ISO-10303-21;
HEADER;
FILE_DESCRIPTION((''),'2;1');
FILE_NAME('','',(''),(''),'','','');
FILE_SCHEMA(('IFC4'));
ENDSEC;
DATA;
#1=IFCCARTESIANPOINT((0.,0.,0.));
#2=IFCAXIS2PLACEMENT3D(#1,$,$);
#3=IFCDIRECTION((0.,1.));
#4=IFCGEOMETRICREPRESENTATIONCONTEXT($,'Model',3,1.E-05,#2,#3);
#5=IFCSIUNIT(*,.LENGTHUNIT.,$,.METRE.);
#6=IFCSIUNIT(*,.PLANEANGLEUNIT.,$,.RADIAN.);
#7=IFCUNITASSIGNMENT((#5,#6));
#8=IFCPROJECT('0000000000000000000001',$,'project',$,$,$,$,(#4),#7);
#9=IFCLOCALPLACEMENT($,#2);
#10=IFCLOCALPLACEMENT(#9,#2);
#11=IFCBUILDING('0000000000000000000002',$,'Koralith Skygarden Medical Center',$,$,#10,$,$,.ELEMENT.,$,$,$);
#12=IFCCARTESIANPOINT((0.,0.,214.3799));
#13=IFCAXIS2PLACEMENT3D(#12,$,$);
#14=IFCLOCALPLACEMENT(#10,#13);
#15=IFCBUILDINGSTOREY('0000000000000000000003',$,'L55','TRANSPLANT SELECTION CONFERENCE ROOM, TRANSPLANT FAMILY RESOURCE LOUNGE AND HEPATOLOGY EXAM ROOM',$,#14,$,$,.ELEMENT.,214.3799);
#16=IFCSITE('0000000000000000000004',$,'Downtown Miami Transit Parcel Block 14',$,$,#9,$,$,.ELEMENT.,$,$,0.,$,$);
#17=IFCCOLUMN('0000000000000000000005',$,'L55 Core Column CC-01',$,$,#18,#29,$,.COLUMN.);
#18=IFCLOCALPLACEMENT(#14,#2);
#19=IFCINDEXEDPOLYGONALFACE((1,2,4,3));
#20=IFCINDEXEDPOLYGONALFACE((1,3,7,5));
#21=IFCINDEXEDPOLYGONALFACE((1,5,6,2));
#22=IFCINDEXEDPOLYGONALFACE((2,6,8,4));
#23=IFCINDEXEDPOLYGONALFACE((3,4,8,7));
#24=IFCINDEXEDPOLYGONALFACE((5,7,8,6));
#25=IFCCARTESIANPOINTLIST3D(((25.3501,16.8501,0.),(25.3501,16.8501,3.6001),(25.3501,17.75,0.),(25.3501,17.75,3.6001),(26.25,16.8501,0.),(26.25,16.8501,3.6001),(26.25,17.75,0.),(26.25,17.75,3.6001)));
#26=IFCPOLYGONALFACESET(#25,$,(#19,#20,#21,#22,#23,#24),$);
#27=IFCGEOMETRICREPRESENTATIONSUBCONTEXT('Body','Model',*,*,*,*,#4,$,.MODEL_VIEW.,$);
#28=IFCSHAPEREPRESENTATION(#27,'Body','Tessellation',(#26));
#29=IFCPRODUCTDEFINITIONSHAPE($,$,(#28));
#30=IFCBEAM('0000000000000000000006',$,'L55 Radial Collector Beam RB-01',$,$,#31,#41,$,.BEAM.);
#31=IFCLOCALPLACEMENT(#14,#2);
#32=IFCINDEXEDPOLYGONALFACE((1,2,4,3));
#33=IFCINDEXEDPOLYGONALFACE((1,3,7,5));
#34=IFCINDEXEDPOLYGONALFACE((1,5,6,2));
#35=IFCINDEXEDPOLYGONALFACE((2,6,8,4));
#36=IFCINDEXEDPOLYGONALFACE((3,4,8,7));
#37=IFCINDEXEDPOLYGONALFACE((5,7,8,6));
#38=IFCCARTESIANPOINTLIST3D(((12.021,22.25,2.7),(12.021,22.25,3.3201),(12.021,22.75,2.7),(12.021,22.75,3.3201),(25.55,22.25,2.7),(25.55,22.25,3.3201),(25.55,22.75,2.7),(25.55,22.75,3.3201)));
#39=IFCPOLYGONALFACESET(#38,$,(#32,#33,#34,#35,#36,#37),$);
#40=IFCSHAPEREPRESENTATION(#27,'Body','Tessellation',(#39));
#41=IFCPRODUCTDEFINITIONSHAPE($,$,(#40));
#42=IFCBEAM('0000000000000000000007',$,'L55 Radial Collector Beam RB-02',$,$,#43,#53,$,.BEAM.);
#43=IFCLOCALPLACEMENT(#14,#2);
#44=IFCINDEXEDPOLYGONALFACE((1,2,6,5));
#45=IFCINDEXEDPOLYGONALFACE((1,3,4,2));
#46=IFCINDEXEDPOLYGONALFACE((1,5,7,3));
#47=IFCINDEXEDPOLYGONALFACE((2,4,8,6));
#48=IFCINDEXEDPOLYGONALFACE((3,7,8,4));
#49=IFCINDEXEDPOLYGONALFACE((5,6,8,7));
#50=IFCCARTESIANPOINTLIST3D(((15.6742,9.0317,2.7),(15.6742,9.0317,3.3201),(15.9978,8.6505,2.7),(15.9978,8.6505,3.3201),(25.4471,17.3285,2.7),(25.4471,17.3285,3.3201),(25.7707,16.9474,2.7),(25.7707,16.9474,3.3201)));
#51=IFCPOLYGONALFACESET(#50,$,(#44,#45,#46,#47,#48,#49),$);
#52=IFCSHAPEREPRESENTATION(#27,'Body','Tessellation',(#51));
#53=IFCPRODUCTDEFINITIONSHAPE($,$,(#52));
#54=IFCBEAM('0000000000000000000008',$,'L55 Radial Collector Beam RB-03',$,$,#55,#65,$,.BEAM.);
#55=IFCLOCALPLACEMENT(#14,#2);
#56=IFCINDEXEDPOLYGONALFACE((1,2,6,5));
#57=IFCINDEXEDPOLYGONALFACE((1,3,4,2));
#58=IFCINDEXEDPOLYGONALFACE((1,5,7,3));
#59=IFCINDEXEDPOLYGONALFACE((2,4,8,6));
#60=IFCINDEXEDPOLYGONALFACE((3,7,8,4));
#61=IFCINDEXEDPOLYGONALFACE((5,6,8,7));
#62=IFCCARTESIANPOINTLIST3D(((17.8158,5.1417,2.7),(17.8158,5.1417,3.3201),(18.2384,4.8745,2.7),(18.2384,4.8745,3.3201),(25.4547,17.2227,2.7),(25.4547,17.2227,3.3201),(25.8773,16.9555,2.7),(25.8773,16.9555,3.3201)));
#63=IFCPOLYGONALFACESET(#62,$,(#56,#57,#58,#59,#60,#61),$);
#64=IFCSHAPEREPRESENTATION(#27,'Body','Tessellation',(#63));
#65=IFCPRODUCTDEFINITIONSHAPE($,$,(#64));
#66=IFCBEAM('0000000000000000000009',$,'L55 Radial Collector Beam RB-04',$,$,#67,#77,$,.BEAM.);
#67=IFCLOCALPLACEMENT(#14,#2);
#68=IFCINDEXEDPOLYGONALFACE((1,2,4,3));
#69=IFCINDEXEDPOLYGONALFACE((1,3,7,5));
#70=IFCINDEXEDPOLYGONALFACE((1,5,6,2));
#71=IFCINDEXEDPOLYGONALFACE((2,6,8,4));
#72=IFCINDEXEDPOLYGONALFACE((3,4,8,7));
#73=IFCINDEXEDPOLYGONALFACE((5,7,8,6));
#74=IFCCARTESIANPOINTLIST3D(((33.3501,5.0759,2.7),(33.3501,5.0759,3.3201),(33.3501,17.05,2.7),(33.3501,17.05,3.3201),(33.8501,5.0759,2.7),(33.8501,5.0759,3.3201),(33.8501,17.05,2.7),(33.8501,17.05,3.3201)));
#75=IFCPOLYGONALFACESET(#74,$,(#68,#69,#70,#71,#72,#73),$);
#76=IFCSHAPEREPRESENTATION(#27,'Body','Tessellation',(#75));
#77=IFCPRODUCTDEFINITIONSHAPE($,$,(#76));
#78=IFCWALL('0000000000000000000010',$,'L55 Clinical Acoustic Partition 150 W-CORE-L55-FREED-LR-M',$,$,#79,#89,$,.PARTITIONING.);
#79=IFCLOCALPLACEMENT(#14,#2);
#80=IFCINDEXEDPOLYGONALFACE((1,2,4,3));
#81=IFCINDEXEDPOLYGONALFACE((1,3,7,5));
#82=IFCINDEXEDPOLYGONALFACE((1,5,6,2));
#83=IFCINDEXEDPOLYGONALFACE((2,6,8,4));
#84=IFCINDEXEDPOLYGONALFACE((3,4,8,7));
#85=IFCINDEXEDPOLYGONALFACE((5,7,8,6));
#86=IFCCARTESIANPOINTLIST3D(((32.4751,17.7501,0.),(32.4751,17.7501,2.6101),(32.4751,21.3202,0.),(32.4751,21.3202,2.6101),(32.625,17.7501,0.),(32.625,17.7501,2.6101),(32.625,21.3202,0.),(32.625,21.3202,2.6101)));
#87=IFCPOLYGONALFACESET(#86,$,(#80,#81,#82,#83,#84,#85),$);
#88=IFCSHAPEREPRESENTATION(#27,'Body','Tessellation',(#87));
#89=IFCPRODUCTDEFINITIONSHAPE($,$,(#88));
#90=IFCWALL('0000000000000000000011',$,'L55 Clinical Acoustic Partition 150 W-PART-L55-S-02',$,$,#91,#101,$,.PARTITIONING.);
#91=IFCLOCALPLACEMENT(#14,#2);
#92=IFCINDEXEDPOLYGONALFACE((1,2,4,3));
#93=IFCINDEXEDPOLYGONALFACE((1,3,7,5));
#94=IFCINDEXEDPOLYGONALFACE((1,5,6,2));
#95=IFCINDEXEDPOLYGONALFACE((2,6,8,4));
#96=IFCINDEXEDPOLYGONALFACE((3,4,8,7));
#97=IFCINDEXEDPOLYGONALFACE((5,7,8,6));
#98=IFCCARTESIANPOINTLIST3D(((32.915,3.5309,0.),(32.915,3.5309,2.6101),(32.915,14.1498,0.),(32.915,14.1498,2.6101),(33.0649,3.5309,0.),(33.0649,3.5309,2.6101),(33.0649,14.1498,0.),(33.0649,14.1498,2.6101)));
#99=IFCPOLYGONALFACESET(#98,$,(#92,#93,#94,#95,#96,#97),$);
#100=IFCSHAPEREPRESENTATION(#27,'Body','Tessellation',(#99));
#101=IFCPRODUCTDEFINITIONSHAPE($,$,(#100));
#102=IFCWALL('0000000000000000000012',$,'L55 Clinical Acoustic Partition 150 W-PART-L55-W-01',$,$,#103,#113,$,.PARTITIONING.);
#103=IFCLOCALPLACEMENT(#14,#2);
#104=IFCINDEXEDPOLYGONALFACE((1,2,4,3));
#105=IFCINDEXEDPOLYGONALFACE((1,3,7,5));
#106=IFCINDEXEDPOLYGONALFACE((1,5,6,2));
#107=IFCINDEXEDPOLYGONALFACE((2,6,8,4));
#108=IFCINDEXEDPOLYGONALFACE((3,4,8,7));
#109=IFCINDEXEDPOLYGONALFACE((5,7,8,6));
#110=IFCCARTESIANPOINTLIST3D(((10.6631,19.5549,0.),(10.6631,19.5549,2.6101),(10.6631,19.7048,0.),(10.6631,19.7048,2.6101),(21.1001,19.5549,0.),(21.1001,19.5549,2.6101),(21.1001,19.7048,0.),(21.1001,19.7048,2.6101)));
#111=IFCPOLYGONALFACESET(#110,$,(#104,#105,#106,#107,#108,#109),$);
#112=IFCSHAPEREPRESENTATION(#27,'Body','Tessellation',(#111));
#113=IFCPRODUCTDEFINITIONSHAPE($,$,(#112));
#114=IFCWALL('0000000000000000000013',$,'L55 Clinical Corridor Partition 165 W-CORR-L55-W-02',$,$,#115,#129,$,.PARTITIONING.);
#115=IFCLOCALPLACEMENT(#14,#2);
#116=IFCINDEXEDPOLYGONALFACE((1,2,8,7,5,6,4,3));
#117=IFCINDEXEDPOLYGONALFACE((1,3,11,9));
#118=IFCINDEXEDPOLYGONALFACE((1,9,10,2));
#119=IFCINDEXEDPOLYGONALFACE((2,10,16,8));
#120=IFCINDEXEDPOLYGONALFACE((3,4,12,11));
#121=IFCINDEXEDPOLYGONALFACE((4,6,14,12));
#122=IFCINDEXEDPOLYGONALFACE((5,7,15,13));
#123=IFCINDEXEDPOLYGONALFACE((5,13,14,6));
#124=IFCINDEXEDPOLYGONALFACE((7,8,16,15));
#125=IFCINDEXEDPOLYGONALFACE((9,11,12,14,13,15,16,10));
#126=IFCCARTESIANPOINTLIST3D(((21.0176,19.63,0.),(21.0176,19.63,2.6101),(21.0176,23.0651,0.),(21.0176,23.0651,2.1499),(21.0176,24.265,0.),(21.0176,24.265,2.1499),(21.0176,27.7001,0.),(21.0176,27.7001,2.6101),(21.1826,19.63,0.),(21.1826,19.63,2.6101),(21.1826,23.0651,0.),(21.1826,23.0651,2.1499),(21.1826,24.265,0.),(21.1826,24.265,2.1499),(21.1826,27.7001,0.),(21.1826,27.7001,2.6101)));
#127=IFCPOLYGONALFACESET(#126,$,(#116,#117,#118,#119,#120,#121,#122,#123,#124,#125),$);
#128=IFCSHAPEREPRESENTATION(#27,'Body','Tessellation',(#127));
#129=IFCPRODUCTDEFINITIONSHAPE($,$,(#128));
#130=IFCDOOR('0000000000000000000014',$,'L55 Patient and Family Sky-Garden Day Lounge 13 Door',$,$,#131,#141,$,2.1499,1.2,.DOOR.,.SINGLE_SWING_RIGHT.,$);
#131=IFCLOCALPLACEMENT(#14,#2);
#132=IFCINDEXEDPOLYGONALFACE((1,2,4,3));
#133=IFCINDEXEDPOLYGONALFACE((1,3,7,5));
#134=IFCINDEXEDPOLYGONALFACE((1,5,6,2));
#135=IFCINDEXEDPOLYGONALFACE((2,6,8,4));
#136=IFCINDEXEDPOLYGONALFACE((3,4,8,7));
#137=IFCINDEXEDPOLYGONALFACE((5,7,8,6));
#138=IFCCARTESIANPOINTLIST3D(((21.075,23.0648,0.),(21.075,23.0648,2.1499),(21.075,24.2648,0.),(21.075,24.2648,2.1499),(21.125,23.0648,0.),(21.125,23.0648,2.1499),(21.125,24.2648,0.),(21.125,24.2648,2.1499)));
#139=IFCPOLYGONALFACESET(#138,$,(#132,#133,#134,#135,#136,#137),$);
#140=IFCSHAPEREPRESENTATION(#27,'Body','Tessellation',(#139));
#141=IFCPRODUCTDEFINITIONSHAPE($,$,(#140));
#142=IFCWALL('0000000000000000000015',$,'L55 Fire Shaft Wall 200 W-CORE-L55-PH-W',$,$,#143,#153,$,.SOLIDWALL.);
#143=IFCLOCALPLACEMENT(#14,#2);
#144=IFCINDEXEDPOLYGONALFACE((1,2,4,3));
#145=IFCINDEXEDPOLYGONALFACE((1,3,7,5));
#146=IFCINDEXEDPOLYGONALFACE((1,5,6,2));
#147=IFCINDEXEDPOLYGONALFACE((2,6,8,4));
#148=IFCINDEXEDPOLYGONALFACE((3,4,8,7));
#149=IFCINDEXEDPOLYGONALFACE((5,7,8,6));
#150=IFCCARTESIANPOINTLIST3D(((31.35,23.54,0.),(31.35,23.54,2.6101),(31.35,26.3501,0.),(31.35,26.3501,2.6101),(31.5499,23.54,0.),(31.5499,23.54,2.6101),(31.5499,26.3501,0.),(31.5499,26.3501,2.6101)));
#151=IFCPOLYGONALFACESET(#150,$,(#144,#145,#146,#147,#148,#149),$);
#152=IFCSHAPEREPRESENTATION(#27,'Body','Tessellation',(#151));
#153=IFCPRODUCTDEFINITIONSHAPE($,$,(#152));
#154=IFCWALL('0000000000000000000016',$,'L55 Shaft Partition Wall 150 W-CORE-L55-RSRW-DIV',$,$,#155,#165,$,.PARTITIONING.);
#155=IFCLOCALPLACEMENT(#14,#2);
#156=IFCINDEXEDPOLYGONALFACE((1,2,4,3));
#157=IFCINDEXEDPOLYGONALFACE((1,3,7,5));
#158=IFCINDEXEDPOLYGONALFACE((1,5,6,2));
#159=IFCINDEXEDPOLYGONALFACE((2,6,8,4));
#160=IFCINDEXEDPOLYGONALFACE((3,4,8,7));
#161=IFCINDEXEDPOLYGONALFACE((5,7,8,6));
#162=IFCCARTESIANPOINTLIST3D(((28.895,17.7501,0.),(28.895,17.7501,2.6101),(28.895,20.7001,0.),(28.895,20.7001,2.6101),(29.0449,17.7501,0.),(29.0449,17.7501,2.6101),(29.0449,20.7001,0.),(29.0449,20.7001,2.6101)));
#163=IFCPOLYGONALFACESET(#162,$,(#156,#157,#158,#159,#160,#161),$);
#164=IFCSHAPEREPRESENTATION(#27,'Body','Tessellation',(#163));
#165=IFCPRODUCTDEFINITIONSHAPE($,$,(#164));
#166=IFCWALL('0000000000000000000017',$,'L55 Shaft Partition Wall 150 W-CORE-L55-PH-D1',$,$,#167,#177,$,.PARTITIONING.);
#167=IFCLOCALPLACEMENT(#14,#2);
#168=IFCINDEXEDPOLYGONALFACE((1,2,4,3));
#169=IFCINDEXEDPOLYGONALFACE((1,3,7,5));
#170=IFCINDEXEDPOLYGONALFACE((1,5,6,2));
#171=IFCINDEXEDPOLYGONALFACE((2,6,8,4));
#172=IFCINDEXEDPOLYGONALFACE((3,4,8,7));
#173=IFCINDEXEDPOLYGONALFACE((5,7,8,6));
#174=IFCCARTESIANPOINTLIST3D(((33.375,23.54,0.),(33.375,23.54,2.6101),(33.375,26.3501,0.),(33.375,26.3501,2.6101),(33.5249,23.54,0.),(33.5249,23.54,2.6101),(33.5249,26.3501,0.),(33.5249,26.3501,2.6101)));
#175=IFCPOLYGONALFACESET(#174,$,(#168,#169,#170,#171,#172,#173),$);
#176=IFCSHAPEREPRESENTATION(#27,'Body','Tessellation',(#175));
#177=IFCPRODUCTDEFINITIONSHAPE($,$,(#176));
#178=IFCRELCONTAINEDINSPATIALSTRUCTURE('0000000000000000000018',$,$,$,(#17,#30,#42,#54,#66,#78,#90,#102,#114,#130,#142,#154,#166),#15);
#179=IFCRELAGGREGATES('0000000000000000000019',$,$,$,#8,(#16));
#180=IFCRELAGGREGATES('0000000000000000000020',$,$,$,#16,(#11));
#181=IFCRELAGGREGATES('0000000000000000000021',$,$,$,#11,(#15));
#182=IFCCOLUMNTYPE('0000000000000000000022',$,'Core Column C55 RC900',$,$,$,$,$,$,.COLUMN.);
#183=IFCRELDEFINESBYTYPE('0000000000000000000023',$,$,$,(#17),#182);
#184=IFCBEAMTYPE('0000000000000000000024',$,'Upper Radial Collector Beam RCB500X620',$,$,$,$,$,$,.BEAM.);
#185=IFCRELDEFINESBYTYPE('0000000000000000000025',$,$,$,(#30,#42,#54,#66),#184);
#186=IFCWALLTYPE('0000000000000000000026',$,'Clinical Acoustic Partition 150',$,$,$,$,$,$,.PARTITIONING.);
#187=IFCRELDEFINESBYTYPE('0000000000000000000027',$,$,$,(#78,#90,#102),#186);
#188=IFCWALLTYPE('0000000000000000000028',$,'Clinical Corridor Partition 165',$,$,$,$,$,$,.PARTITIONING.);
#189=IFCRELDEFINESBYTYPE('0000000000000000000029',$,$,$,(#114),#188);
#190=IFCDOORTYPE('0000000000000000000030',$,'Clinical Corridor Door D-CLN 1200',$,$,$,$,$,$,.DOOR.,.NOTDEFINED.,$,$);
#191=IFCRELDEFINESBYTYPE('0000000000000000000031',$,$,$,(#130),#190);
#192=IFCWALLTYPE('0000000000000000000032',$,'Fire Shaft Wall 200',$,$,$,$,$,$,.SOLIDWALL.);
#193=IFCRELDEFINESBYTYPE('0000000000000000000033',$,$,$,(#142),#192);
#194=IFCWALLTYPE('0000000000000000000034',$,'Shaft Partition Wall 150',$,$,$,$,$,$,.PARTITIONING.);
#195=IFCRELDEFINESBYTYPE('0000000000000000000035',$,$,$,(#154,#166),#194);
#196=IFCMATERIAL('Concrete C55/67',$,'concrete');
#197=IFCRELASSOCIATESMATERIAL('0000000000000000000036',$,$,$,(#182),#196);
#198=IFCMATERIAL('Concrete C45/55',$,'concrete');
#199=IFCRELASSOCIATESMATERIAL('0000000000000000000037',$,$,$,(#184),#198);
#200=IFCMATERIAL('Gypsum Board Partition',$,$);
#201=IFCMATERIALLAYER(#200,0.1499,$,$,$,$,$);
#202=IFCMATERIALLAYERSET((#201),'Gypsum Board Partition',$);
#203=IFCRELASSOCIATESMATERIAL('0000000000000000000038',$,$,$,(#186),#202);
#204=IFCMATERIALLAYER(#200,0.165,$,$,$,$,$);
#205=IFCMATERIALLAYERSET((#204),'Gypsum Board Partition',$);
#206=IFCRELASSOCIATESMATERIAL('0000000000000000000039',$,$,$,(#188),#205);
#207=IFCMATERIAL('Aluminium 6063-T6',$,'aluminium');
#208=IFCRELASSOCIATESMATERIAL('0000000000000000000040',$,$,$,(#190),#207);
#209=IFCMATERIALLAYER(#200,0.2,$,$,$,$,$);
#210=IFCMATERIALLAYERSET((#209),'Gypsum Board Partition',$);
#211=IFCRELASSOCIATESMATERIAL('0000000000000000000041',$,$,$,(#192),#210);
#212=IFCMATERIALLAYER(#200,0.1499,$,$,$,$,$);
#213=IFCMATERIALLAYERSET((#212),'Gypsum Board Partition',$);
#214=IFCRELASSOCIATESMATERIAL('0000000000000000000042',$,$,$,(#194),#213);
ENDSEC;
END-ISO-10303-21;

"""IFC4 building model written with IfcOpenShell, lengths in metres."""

from ifc_helpers import new_model, si_unit, direction, frame, frame_2d, origin, origin_2d, place, context, subcontext, project, spatial, rectangle, extrude, material, layer, layer_set, material_profile, profile_set, type_object, element, fill, save


model = new_model("IFC4")

# Units and contexts
model_context = context("Model", 3, precision=1e-05, world=origin(), true_north=direction((0.0, 1.0)))
body_context = subcontext(model_context, "Body", "Model", "MODEL_VIEW")
ifc_project = project(units=[si_unit("LENGTHUNIT", "METRE"), si_unit("PLANEANGLEUNIT", "RADIAN")], contexts=[model_context])

# Site, building, storey
site_placement = place(None, origin())
site = spatial("IfcSite", under=ifc_project, at=site_placement, Name="Downtown Miami Transit Parcel Block 14", CompositionType="ELEMENT", RefElevation=0.0)
building_placement = place(site_placement, origin())
building = spatial("IfcBuilding", under=site, at=building_placement, Name="Koralith Skygarden Medical Center", CompositionType="ELEMENT")
storey_placement = place(building_placement, frame((0.0, 0.0, 214.3799)))
storey = spatial("IfcBuildingStorey", under=building, at=storey_placement, Name="L55", Description="TRANSPLANT SELECTION CONFERENCE ROOM, TRANSPLANT FAMILY RESOURCE LOUNGE AND HEPATOLOGY EXAM ROOM", CompositionType="ELEMENT", Elevation=214.3799)

# Column
ifc_material_1 = material(Name="Concrete C55/67", Category="concrete")
ifc_material_profile_1 = material_profile(ifc_material_1, rectangle(XDim=0.8999, YDim=0.8999, at=origin_2d()), Name="RC900X900")
ifc_profile_set_1 = profile_set([ifc_material_profile_1], Name="Concrete C55/67")
column_type = type_object("IfcColumnType", Name="Core Column C55 RC900", PredefinedType="COLUMN", material=ifc_profile_set_1)
column_placement = place(storey_placement, frame((25.8, 17.3, 0.0), z_axis=(0.0, 0.0, 1.0), x_axis=(1.0, 0.0, 0.0)))
element("IfcColumn", 1, at=column_placement, inside=storey, type_object=column_type, Name="L55 Core Column CC-01", PredefinedType="COLUMN", context=body_context, shape_type="SweptSolid", body=[
    extrude(rectangle(XDim=0.8999, YDim=0.8999, at=origin_2d()), origin(), (0.0, 0.0, 1.0), 3.6001),
])

# Beams
ifc_material_2 = material(Name="Concrete C45/55", Category="concrete")
ifc_material_profile_2 = material_profile(ifc_material_2, rectangle(XDim=0.5, YDim=0.6201, at=origin_2d()), Name="RCB500X620")
ifc_profile_set_2 = profile_set([ifc_material_profile_2], Name="Concrete C45/55")
beam_type = type_object("IfcBeamType", Name="Upper Radial Collector Beam RCB500X620", PredefinedType="BEAM", material=ifc_profile_set_2)
beam_1_placement = place(storey_placement, frame((25.55, 22.5, 3.01), z_axis=(-1.0, 0.0, 0.0), x_axis=(0.0, -1.0, 0.0)))
element("IfcBeam", 2, at=beam_1_placement, inside=storey, type_object=beam_type, Name="L55 Radial Collector Beam RB-01", PredefinedType="BEAM", context=body_context, shape_type="SweptSolid", body=[
    extrude(rectangle(XDim=0.5, YDim=0.6201, at=origin_2d()), origin(), (0.0, 0.0, 1.0), 13.5291),
])
beam_2_placement = place(storey_placement, frame((25.6089, 17.1379, 3.01), z_axis=(-0.762329, -0.647189, 0.0), x_axis=(0.647189, -0.762329, 0.0)))
element("IfcBeam", 3, at=beam_2_placement, inside=storey, type_object=beam_type, Name="L55 Radial Collector Beam RB-02", PredefinedType="BEAM", context=body_context, shape_type="SweptSolid", body=[
    extrude(rectangle(XDim=0.5, YDim=0.6201, at=origin_2d()), origin(), (0.0, 0.0, 1.0), 12.8198),
])
beam_3_placement = place(storey_placement, frame((25.666, 17.0891, 3.01), z_axis=(-0.534432, -0.845212, 0.0), x_axis=(0.845212, -0.534432, 0.0)))
element("IfcBeam", 4, at=beam_3_placement, inside=storey, type_object=beam_type, Name="L55 Radial Collector Beam RB-03", PredefinedType="BEAM", context=body_context, shape_type="SweptSolid", body=[
    extrude(rectangle(XDim=0.5, YDim=0.6201, at=origin_2d()), origin(), (0.0, 0.0, 1.0), 14.2935),
])
beam_4_placement = place(storey_placement, frame((33.6001, 17.05, 3.01), z_axis=(0.0, -1.0, 0.0), x_axis=(1.0, 0.0, 0.0)))
element("IfcBeam", 5, at=beam_4_placement, inside=storey, type_object=beam_type, Name="L55 Radial Collector Beam RB-04", PredefinedType="BEAM", context=body_context, shape_type="SweptSolid", body=[
    extrude(rectangle(XDim=0.5, YDim=0.6201, at=origin_2d()), origin(), (0.0, 0.0, 1.0), 11.9741),
])

# Shared definitions
ifc_material_3 = material(Name="Gypsum Board Partition")
ifc_layer_1 = layer(ifc_material_3, 0.1499)
ifc_layer_set_1 = layer_set([ifc_layer_1], Name="Gypsum Board Partition")
wall_type_1 = type_object("IfcWallType", Name="Clinical Acoustic Partition 150", PredefinedType="PARTITIONING", material=ifc_layer_set_1)
ifc_material_4 = material(Name="Aluminium 6063-T6", Category="aluminium")

# Walls
wall_1_placement = place(storey_placement, frame((32.55, 17.75, 0.0), z_axis=(0.0, 0.0, 1.0), x_axis=(0.0, 1.0, 0.0)))
element("IfcWall", 6, at=wall_1_placement, inside=storey, type_object=wall_type_1, Name="L55 Clinical Acoustic Partition 150 W-CORE-L55-FREED-LR-M", PredefinedType="PARTITIONING", context=body_context, shape_type="SweptSolid", body=[
    extrude(rectangle(XDim=3.5701, YDim=0.1499, at=frame_2d((1.7852, 0.0))), origin(), (0.0, 0.0, 1.0), 2.6101),
])
wall_2_placement = place(storey_placement, frame((32.99, 14.1499, 0.0), z_axis=(0.0, 0.0, 1.0), x_axis=(0.0, -1.0, 0.0)))
element("IfcWall", 7, at=wall_2_placement, inside=storey, type_object=wall_type_1, Name="L55 Clinical Acoustic Partition 150 W-PART-L55-S-02", PredefinedType="PARTITIONING", context=body_context, shape_type="SweptSolid", body=[
    extrude(rectangle(XDim=10.6189, YDim=0.1499, at=frame_2d((5.3096, 0.0))), origin(), (0.0, 0.0, 1.0), 2.6101),
])
wall_3_placement = place(storey_placement, frame((21.1001, 19.6299, 0.0), z_axis=(0.0, 0.0, 1.0), x_axis=(-1.0, 0.0, 0.0)))
element("IfcWall", 8, at=wall_3_placement, inside=storey, type_object=wall_type_1, Name="L55 Clinical Acoustic Partition 150 W-PART-L55-W-01", PredefinedType="PARTITIONING", context=body_context, shape_type="SweptSolid", body=[
    extrude(rectangle(XDim=10.437, YDim=0.1499, at=frame_2d((5.2185, 0.0))), origin(), (0.0, 0.0, 1.0), 2.6101),
])

# Wall, opening, door
ifc_layer_2 = layer(ifc_material_3, 0.165)
ifc_layer_set_2 = layer_set([ifc_layer_2], Name="Gypsum Board Partition")
wall_type_2 = type_object("IfcWallType", Name="Clinical Corridor Partition 165", PredefinedType="PARTITIONING", material=ifc_layer_set_2)
door_type_1 = type_object("IfcDoorType", Name="Clinical Corridor Door D-CLN 1200", OperationType="NOTDEFINED", PredefinedType="DOOR", material=ifc_material_4)
wall_4_placement = place(storey_placement, frame((21.1001, 19.6299, 0.0), z_axis=(0.0, 0.0, 1.0), x_axis=(0.0, 1.0, 0.0)))
wall_4 = element("IfcWall", 9, at=wall_4_placement, inside=storey, type_object=wall_type_2, Name="L55 Clinical Corridor Partition 165 W-CORR-L55-W-02", PredefinedType="PARTITIONING", context=body_context, shape_type="SweptSolid", body=[
    extrude(rectangle(XDim=8.0701, YDim=0.165, at=frame_2d((4.0352, 0.0))), origin(), (0.0, 0.0, 1.0), 2.6101),
])
opening_1_placement = place(wall_4_placement, frame((3.4351, 0.0, 0.0)))
opening_1 = element("IfcOpeningElement", 10, at=opening_1_placement, cuts=wall_4, PredefinedType="OPENING", context=body_context, shape_type="SweptSolid", body=[
    extrude(rectangle(XDim=1.2, YDim=2.1499, at=frame_2d((0.6001, 1.075))), frame((0.0, 0.0925, 0.0), z_axis=(0.0, -1.0, 0.0), x_axis=(1.0, 0.0, 0.0)), (0.0, 0.0, 1.0), 0.1851),
])
door_1_placement = place(opening_1_placement, frame((1.2, 0.0, 0.0), z_axis=(0.0, 0.0, 1.0), x_axis=(-1.0, 0.0, 0.0)))
door_1 = element("IfcDoor", 11, at=door_1_placement, inside=storey, type_object=door_type_1, Name="L55 Patient and Family Sky-Garden Day Lounge 13 Door", OperationType="SINGLE_SWING_RIGHT", OverallHeight=2.1499, OverallWidth=1.2, PredefinedType="DOOR", context=body_context, shape_type="SweptSolid", body=[
    extrude(rectangle(XDim=1.2, YDim=2.1499, at=frame_2d((0.6001, 1.075))), frame((0.0, 0.0249, 0.0), z_axis=(0.0, -1.0, 0.0), x_axis=(1.0, 0.0, 0.0)), (0.0, 0.0, 1.0), 0.05),
])
fill(opening_1, door_1)
ifc_layer_3 = layer(ifc_material_3, 0.2)
ifc_layer_set_3 = layer_set([ifc_layer_3], Name="Gypsum Board Partition")
wall_type_3 = type_object("IfcWallType", Name="Fire Shaft Wall 200", PredefinedType="SOLIDWALL", material=ifc_layer_set_3)

# Walls
wall_5_placement = place(storey_placement, frame((31.45, 23.54, 0.0), z_axis=(0.0, 0.0, 1.0), x_axis=(0.0, 1.0, 0.0)))
element("IfcWall", 12, at=wall_5_placement, inside=storey, type_object=wall_type_3, Name="L55 Fire Shaft Wall 200 W-CORE-L55-PH-W", PredefinedType="SOLIDWALL", context=body_context, shape_type="SweptSolid", body=[
    extrude(rectangle(XDim=2.8101, YDim=0.2, at=frame_2d((1.405, 0.0))), origin(), (0.0, 0.0, 1.0), 2.6101),
])
ifc_layer_4 = layer(ifc_material_3, 0.1499)
ifc_layer_set_4 = layer_set([ifc_layer_4], Name="Gypsum Board Partition")
wall_type_4 = type_object("IfcWallType", Name="Shaft Partition Wall 150", PredefinedType="PARTITIONING", material=ifc_layer_set_4)
wall_6_placement = place(storey_placement, frame((28.97, 17.75, 0.0), z_axis=(0.0, 0.0, 1.0), x_axis=(0.0, 1.0, 0.0)))
element("IfcWall", 13, at=wall_6_placement, inside=storey, type_object=wall_type_4, Name="L55 Shaft Partition Wall 150 W-CORE-L55-RSRW-DIV", PredefinedType="PARTITIONING", context=body_context, shape_type="SweptSolid", body=[
    extrude(rectangle(XDim=2.95, YDim=0.1499, at=frame_2d((1.4751, 0.0))), origin(), (0.0, 0.0, 1.0), 2.6101),
])
wall_7_placement = place(storey_placement, frame((33.45, 23.54, 0.0), z_axis=(0.0, 0.0, 1.0), x_axis=(0.0, 1.0, 0.0)))
element("IfcWall", 14, at=wall_7_placement, inside=storey, type_object=wall_type_4, Name="L55 Shaft Partition Wall 150 W-CORE-L55-PH-D1", PredefinedType="PARTITIONING", context=body_context, shape_type="SweptSolid", body=[
    extrude(rectangle(XDim=2.8101, YDim=0.1499, at=frame_2d((1.405, 0.0))), origin(), (0.0, 0.0, 1.0), 2.6101),
])

save(model, "model.ifc")
